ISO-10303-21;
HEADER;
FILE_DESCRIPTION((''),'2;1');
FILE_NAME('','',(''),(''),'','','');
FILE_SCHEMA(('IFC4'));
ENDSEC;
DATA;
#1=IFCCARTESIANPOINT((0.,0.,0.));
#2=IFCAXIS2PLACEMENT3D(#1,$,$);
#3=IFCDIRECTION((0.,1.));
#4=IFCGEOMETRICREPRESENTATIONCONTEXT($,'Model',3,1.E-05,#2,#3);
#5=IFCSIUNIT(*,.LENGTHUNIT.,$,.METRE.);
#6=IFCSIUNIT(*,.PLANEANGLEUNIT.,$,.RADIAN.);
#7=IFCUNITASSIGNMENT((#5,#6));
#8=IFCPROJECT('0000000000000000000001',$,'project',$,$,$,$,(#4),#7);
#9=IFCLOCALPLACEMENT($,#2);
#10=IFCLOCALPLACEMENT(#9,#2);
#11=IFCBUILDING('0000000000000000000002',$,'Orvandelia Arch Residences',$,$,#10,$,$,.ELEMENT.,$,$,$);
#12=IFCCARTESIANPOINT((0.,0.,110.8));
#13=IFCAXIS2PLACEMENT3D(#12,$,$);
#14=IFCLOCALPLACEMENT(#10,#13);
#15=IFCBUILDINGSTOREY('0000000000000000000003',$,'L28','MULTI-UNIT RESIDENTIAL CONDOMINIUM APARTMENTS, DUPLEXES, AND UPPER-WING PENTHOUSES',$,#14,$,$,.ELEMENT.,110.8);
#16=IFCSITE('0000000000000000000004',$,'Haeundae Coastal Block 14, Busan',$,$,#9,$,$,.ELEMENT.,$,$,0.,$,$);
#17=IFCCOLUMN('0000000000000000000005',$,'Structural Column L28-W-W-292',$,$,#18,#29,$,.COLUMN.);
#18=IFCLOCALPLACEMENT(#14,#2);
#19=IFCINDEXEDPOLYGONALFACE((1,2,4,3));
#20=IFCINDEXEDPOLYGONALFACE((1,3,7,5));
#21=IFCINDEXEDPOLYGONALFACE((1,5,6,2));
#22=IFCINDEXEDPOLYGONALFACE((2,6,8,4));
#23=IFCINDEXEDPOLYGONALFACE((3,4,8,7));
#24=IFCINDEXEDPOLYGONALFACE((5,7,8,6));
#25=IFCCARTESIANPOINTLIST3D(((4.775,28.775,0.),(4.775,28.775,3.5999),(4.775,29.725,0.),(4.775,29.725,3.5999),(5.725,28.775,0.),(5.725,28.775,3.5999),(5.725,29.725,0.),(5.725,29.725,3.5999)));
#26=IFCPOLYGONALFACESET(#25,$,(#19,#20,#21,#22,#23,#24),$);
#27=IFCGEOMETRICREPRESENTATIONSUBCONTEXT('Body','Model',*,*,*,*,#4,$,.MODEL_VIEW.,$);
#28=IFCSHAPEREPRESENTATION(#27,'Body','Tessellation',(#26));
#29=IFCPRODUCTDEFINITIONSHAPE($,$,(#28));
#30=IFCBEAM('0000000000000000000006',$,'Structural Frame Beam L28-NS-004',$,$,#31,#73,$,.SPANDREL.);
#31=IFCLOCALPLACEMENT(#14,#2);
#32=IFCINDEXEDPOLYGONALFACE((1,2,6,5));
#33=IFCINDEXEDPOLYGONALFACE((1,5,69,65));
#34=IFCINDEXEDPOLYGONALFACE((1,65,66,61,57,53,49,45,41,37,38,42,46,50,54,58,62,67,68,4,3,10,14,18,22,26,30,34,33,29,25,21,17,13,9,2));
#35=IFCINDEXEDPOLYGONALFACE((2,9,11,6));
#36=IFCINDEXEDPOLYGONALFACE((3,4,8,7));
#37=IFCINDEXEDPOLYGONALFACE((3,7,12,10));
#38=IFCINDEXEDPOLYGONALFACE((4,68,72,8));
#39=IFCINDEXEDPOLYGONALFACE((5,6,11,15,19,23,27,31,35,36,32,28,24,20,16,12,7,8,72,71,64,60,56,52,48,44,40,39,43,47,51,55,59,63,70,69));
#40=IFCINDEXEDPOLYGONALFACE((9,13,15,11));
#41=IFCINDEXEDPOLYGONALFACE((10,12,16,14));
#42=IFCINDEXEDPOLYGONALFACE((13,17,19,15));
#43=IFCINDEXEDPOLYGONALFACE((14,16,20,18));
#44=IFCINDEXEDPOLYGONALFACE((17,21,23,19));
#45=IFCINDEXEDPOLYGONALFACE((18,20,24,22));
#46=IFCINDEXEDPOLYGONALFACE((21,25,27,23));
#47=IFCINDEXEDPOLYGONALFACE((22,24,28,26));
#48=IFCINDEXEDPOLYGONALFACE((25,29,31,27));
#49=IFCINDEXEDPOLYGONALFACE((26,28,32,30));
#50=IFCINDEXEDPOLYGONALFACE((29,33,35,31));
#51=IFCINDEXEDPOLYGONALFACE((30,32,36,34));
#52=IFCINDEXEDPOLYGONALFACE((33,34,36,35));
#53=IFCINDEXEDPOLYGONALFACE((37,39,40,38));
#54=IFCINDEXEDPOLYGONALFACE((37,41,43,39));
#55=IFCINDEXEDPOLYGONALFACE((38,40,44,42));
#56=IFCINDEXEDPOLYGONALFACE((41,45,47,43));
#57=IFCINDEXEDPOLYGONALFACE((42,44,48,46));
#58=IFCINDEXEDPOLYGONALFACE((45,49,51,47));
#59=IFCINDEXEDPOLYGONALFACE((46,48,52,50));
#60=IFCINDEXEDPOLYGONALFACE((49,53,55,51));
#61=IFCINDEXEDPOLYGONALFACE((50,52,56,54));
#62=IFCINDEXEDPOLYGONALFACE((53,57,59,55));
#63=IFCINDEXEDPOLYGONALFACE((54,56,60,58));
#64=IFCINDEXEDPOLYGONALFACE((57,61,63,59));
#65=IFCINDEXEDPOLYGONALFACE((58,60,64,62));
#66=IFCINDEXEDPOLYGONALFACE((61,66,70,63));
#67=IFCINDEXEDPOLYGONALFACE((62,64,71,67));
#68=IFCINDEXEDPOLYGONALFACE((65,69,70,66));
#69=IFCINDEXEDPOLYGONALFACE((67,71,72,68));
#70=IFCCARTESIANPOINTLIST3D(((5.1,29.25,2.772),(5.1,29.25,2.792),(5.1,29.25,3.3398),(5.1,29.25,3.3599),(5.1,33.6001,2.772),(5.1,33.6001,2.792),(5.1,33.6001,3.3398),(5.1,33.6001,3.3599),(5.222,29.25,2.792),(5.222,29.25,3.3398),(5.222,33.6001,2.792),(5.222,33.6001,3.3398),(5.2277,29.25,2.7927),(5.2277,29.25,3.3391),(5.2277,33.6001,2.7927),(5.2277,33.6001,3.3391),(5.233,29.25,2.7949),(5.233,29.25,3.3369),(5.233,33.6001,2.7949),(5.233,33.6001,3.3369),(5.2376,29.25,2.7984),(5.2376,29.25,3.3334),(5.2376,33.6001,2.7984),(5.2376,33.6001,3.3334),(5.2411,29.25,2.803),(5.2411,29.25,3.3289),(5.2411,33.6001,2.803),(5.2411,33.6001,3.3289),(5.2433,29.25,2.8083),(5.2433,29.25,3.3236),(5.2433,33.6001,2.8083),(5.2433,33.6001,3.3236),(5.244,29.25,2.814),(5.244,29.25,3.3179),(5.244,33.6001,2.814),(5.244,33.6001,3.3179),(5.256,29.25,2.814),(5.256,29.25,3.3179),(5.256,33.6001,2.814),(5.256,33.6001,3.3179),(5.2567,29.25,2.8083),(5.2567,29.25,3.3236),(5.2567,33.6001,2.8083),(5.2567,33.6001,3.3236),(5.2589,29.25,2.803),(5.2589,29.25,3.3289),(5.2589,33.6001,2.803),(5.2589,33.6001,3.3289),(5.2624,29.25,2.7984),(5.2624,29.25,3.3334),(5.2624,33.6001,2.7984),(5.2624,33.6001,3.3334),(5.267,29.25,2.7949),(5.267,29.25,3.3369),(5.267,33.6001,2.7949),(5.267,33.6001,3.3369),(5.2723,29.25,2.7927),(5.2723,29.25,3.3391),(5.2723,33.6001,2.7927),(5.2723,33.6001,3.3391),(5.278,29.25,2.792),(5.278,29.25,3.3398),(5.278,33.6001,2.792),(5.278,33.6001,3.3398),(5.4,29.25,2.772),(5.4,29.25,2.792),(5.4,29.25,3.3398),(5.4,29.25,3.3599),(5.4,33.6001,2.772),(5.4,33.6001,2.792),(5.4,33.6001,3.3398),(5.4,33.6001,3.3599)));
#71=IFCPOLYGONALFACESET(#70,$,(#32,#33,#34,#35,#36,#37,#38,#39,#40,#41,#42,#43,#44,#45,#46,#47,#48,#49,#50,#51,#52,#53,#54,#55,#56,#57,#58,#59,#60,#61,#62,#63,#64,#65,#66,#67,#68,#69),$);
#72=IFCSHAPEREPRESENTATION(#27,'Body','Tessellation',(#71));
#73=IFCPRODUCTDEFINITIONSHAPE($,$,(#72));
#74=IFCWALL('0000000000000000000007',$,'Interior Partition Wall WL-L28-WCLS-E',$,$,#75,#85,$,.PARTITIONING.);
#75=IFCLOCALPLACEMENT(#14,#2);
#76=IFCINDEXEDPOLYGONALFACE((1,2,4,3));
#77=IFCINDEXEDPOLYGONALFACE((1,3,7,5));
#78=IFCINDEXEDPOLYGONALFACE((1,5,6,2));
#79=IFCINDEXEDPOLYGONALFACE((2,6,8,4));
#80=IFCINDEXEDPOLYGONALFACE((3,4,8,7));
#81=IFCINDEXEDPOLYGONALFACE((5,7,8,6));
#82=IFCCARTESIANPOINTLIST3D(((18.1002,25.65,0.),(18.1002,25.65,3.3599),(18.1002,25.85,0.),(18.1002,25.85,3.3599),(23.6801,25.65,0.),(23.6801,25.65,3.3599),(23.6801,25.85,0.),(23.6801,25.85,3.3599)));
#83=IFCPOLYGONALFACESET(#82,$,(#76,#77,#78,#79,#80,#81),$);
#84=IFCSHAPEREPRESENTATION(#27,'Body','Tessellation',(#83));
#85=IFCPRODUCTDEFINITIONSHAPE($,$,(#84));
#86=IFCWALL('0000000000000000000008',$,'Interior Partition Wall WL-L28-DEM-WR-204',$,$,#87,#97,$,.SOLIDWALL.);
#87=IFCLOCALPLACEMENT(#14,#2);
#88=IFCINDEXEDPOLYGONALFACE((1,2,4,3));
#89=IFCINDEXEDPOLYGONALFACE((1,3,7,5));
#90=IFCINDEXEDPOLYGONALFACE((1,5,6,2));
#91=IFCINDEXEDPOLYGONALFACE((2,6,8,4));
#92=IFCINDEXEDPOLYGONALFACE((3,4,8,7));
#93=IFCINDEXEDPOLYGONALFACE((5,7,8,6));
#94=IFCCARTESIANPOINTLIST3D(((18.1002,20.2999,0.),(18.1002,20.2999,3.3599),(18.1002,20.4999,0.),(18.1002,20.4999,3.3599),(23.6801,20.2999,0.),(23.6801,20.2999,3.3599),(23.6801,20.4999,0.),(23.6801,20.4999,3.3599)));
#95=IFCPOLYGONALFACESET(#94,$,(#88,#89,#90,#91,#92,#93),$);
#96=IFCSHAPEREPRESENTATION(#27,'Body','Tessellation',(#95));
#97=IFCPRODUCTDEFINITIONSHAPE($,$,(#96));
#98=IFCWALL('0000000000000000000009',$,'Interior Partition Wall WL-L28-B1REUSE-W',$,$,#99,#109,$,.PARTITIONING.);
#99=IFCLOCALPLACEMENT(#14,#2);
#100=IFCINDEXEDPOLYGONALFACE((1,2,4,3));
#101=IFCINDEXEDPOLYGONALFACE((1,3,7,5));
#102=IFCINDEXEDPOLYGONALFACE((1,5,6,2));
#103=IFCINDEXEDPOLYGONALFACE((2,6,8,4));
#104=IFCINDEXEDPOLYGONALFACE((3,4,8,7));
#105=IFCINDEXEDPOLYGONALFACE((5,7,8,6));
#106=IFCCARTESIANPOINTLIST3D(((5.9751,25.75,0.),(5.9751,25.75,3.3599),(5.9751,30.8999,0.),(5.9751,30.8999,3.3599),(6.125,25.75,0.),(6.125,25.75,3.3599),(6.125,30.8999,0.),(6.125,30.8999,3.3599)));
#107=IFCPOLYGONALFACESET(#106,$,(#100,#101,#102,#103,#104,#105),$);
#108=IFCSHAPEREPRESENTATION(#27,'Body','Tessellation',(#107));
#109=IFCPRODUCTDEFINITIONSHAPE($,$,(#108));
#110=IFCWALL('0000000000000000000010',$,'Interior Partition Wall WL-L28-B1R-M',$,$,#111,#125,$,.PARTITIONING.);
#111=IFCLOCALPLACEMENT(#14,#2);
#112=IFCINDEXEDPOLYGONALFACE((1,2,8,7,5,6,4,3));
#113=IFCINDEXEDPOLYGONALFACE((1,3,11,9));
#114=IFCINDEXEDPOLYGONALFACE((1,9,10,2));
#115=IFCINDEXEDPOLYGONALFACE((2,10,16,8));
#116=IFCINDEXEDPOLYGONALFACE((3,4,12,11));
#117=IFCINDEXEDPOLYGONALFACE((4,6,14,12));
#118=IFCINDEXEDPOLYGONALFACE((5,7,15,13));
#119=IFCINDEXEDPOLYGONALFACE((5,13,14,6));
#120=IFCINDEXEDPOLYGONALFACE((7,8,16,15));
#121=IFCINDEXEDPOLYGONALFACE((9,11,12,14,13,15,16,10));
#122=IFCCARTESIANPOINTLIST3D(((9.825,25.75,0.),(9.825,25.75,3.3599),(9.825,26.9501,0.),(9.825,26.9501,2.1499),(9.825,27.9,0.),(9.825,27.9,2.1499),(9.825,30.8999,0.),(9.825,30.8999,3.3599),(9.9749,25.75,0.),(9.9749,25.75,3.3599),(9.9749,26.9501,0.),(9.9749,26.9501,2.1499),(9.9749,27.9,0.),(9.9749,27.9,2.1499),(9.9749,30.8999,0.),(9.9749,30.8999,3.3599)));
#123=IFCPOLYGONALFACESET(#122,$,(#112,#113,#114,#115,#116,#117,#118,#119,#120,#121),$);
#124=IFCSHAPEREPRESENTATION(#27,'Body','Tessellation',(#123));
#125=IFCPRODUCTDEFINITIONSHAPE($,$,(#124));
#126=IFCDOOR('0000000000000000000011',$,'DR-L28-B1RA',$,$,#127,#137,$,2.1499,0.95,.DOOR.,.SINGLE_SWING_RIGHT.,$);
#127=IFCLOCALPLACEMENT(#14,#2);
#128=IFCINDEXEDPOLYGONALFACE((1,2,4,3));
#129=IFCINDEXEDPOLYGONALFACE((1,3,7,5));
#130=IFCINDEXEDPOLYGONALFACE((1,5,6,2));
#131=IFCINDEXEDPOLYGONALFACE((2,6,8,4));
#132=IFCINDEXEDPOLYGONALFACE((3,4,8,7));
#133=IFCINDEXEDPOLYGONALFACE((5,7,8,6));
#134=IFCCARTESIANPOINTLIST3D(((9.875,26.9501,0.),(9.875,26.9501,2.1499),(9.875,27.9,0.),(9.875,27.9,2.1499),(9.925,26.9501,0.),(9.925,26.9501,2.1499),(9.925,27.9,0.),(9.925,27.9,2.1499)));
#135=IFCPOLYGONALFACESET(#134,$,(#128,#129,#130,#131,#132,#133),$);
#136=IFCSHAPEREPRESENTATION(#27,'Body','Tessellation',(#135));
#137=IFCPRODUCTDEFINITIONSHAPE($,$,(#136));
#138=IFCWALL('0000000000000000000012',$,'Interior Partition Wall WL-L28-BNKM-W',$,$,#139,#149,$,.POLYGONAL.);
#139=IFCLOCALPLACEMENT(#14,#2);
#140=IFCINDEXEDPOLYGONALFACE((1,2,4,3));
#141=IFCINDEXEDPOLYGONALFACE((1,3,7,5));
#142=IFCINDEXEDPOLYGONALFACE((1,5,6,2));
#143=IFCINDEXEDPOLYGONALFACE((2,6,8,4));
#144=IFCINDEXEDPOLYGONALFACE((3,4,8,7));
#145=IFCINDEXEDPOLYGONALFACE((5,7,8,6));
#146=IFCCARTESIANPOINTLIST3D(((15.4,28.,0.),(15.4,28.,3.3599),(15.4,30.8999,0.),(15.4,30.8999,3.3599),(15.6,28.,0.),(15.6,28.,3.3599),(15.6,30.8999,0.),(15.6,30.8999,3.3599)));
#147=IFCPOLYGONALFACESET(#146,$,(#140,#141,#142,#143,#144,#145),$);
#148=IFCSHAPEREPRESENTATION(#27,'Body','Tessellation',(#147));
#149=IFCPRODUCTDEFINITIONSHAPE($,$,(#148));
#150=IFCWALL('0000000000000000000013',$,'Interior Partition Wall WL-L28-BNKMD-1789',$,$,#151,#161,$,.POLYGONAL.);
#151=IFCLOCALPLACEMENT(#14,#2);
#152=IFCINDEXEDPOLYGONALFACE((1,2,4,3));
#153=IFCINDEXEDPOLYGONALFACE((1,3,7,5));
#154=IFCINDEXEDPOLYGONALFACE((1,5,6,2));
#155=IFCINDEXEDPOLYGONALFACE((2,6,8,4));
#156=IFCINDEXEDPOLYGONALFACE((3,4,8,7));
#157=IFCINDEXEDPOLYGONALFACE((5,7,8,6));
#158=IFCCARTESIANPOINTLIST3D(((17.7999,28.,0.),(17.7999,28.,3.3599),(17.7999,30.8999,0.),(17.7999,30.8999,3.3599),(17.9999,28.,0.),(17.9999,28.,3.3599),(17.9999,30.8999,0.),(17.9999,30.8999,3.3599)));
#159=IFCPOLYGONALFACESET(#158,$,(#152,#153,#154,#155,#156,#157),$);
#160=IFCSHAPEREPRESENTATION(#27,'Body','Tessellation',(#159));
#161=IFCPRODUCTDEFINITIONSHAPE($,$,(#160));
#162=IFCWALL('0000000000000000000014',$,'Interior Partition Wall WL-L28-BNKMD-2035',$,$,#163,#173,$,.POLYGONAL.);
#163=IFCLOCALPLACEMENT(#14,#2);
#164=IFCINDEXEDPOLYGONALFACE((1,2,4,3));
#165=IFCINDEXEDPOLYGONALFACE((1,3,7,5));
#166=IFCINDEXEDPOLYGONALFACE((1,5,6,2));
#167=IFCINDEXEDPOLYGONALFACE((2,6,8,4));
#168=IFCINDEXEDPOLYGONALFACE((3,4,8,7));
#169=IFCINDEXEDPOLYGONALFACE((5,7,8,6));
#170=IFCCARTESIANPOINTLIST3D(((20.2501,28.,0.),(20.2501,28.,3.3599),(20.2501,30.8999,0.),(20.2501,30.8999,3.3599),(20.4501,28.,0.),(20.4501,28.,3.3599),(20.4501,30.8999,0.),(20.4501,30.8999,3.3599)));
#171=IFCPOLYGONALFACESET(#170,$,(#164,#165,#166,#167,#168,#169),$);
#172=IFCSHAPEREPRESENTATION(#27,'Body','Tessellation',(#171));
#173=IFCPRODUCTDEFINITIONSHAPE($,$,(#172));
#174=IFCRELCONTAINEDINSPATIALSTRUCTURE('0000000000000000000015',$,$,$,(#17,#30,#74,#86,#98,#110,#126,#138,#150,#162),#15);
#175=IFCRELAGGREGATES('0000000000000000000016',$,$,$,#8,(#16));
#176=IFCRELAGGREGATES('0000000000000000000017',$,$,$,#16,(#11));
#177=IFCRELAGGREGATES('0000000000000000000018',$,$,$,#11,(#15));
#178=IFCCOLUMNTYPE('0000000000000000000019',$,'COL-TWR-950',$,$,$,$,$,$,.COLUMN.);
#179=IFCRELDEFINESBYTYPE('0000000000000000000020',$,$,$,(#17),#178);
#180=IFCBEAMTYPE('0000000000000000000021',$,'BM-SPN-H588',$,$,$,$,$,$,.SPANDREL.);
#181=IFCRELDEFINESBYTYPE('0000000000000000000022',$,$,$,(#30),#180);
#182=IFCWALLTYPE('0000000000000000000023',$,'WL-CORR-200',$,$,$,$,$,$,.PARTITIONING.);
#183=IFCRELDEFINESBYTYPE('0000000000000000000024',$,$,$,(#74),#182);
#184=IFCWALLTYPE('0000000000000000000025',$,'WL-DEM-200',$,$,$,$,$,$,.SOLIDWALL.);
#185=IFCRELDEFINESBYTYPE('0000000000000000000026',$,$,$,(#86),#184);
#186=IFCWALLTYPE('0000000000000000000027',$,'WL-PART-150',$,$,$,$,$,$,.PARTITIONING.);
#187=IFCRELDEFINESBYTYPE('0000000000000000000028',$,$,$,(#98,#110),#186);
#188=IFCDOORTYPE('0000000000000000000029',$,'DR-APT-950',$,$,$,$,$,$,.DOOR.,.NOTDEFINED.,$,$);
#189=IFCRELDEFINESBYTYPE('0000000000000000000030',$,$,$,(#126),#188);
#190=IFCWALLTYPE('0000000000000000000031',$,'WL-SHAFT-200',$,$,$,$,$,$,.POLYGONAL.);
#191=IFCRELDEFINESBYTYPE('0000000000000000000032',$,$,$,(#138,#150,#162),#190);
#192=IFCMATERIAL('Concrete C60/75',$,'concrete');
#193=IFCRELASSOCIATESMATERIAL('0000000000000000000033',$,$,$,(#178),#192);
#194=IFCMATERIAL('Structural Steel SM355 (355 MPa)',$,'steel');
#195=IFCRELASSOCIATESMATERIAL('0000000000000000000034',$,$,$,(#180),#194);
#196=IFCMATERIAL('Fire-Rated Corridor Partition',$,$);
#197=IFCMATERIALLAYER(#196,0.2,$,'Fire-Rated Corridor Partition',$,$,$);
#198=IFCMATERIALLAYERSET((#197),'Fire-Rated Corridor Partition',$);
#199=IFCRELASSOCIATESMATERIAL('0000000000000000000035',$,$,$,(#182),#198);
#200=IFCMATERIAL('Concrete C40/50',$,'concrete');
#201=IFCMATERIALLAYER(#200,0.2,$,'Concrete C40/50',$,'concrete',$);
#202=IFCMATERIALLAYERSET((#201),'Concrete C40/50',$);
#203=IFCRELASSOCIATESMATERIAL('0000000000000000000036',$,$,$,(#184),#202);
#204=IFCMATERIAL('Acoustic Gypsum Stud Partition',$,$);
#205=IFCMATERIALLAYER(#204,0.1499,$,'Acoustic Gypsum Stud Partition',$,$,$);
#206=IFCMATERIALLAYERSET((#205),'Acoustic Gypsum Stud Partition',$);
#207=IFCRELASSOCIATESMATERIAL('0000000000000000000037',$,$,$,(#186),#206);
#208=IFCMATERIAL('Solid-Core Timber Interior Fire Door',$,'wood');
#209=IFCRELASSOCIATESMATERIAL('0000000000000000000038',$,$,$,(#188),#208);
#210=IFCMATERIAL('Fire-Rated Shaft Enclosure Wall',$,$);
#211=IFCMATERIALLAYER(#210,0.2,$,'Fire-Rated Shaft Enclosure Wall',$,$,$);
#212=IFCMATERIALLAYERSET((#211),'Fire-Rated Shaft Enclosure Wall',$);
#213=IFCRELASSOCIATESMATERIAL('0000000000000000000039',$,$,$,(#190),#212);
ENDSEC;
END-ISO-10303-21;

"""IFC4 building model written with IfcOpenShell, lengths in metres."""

from ifc_helpers import new_model, si_unit, direction, frame, frame_2d, origin, origin_2d, place, context, subcontext, project, spatial, rectangle, i_section, extrude, material, layer, layer_set, material_profile, profile_set, type_object, element, fill, save


model = new_model("IFC4")

# Units and contexts
model_context = context("Model", 3, precision=1e-05, world=origin(), true_north=direction((0.0, 1.0)))
body_context = subcontext(model_context, "Body", "Model", "MODEL_VIEW")
ifc_project = project(units=[si_unit("LENGTHUNIT", "METRE"), si_unit("PLANEANGLEUNIT", "RADIAN")], contexts=[model_context])

# Site, building, storey
site_placement = place(None, origin())
site = spatial("IfcSite", under=ifc_project, at=site_placement, Name="Haeundae Coastal Block 14, Busan", CompositionType="ELEMENT", RefElevation=0.0)
building_placement = place(site_placement, origin())
building = spatial("IfcBuilding", under=site, at=building_placement, Name="Orvandelia Arch Residences", CompositionType="ELEMENT")
storey_placement = place(building_placement, frame((0.0, 0.0, 110.8)))
storey = spatial("IfcBuildingStorey", under=building, at=storey_placement, Name="L28", Description="MULTI-UNIT RESIDENTIAL CONDOMINIUM APARTMENTS, DUPLEXES, AND UPPER-WING PENTHOUSES", CompositionType="ELEMENT", Elevation=110.8)

# Column
ifc_material_1 = material(Name="Concrete C60/75", Category="concrete")
ifc_material_profile_1 = material_profile(ifc_material_1, rectangle(XDim=0.95, YDim=0.95, at=origin_2d()), Name="Concrete C60/75", Category="concrete")
ifc_profile_set_1 = profile_set([ifc_material_profile_1], Name="Concrete C60/75")
column_type = type_object("IfcColumnType", Name="COL-TWR-950", PredefinedType="COLUMN", material=ifc_profile_set_1)
column_placement = place(storey_placement, frame((5.25, 29.25, 0.0), z_axis=(0.0, 0.0, 1.0), x_axis=(1.0, 0.0, 0.0)))
element("IfcColumn", 1, at=column_placement, inside=storey, type_object=column_type, Name="Structural Column L28-W-W-292", PredefinedType="COLUMN", context=body_context, shape_type="SweptSolid", body=[
    extrude(rectangle(XDim=0.95, YDim=0.95, at=origin_2d()), origin(), (0.0, 0.0, 1.0), 3.5999),
])

# Beam
ifc_material_2 = material(Name="Structural Steel SM355 (355 MPa)", Category="steel")
ifc_material_profile_2 = material_profile(ifc_material_2, i_section(OverallWidth=0.3, OverallDepth=0.5879, WebThickness=0.012, FlangeThickness=0.02, FilletRadius=0.022, at=origin_2d()), Name="Structural Steel SM355 (355 MPa)", Category="steel")
ifc_profile_set_2 = profile_set([ifc_material_profile_2], Name="Structural Steel SM355 (355 MPa)")
beam_type = type_object("IfcBeamType", Name="BM-SPN-H588", PredefinedType="SPANDREL", material=ifc_profile_set_2)
beam_placement = place(storey_placement, frame((5.25, 29.25, 3.0659), z_axis=(0.0, 1.0, 0.0), x_axis=(-1.0, 0.0, 0.0)))
element("IfcBeam", 2, at=beam_placement, inside=storey, type_object=beam_type, Name="Structural Frame Beam L28-NS-004", PredefinedType="SPANDREL", context=body_context, shape_type="SweptSolid", body=[
    extrude(i_section(OverallWidth=0.3, OverallDepth=0.5879, WebThickness=0.012, FlangeThickness=0.02, FilletRadius=0.022, at=origin_2d()), origin(), (0.0, 0.0, 1.0), 4.3501),
])

# Walls
ifc_material_3 = material(Name="Fire-Rated Corridor Partition")
ifc_layer_1 = layer(ifc_material_3, 0.2, Name="Fire-Rated Corridor Partition")
ifc_layer_set_1 = layer_set([ifc_layer_1], Name="Fire-Rated Corridor Partition")
wall_type_1 = type_object("IfcWallType", Name="WL-CORR-200", PredefinedType="PARTITIONING", material=ifc_layer_set_1)
wall_1_placement = place(storey_placement, frame((18.1001, 25.75, 0.0), z_axis=(0.0, 0.0, 1.0), x_axis=(1.0, 0.0, 0.0)))
element("IfcWall", 3, at=wall_1_placement, inside=storey, type_object=wall_type_1, Name="Interior Partition Wall WL-L28-WCLS-E", PredefinedType="PARTITIONING", context=body_context, shape_type="SweptSolid", body=[
    extrude(rectangle(XDim=5.5798, YDim=0.2, at=frame_2d((2.79, 0.0))), origin(), (0.0, 0.0, 1.0), 3.3599),
])
ifc_material_4 = material(Name="Concrete C40/50", Category="concrete")
ifc_layer_2 = layer(ifc_material_4, 0.2, Name="Concrete C40/50", Category="concrete")
ifc_layer_set_2 = layer_set([ifc_layer_2], Name="Concrete C40/50")
wall_type_2 = type_object("IfcWallType", Name="WL-DEM-200", PredefinedType="SOLIDWALL", material=ifc_layer_set_2)
wall_2_placement = place(storey_placement, frame((18.1001, 20.3999, 0.0), z_axis=(0.0, 0.0, 1.0), x_axis=(1.0, 0.0, 0.0)))
element("IfcWall", 4, at=wall_2_placement, inside=storey, type_object=wall_type_2, Name="Interior Partition Wall WL-L28-DEM-WR-204", PredefinedType="SOLIDWALL", context=body_context, shape_type="SweptSolid", body=[
    extrude(rectangle(XDim=5.5798, YDim=0.2, at=frame_2d((2.79, 0.0))), origin(), (0.0, 0.0, 1.0), 3.3599),
])
ifc_material_5 = material(Name="Acoustic Gypsum Stud Partition")
ifc_layer_3 = layer(ifc_material_5, 0.1499, Name="Acoustic Gypsum Stud Partition")
ifc_layer_set_3 = layer_set([ifc_layer_3], Name="Acoustic Gypsum Stud Partition")
wall_type_3 = type_object("IfcWallType", Name="WL-PART-150", PredefinedType="PARTITIONING", material=ifc_layer_set_3)
wall_3_placement = place(storey_placement, frame((6.05, 25.75, 0.0), z_axis=(0.0, 0.0, 1.0), x_axis=(0.0, 1.0, 0.0)))
element("IfcWall", 5, at=wall_3_placement, inside=storey, type_object=wall_type_3, Name="Interior Partition Wall WL-L28-B1REUSE-W", PredefinedType="PARTITIONING", context=body_context, shape_type="SweptSolid", body=[
    extrude(rectangle(XDim=5.1499, YDim=0.1499, at=frame_2d((2.575, 0.0))), origin(), (0.0, 0.0, 1.0), 3.3599),
])

# Wall, opening, door
wall_4_placement = place(storey_placement, frame((9.8999, 25.75, 0.0), z_axis=(0.0, 0.0, 1.0), x_axis=(0.0, 1.0, 0.0)))
wall_4 = element("IfcWall", 6, at=wall_4_placement, inside=storey, type_object=wall_type_3, Name="Interior Partition Wall WL-L28-B1R-M", PredefinedType="PARTITIONING", context=body_context, shape_type="SweptSolid", body=[
    extrude(rectangle(XDim=5.1499, YDim=0.1499, at=frame_2d((2.575, 0.0))), origin(), (0.0, 0.0, 1.0), 3.3599),
])
opening_1_placement = place(wall_4_placement, frame((1.2, 0.0, 0.0)))
opening_1 = element("IfcOpeningElement", 7, at=opening_1_placement, cuts=wall_4, PredefinedType="OPENING", context=body_context, shape_type="SweptSolid", body=[
    extrude(rectangle(XDim=0.95, YDim=2.1499, at=frame_2d((0.4751, 1.075))), frame((0.0, 0.085, 0.0), z_axis=(0.0, -1.0, 0.0), x_axis=(1.0, 0.0, 0.0)), (0.0, 0.0, 1.0), 0.1699),
])
ifc_material_6 = material(Name="Solid-Core Timber Interior Fire Door", Category="wood")
door_type_1 = type_object("IfcDoorType", Name="DR-APT-950", OperationType="NOTDEFINED", PredefinedType="DOOR", material=ifc_material_6)
door_1_placement = place(opening_1_placement, origin())
door_1 = element("IfcDoor", 8, at=door_1_placement, inside=storey, type_object=door_type_1, Name="DR-L28-B1RA", OperationType="SINGLE_SWING_RIGHT", OverallHeight=2.1499, OverallWidth=0.95, PredefinedType="DOOR", context=body_context, shape_type="SweptSolid", body=[
    extrude(rectangle(XDim=0.95, YDim=2.1499, at=frame_2d((0.4751, 1.075))), frame((0.0, 0.0249, 0.0), z_axis=(0.0, -1.0, 0.0), x_axis=(1.0, 0.0, 0.0)), (0.0, 0.0, 1.0), 0.05),
])
fill(opening_1, door_1)
ifc_material_7 = material(Name="Fire-Rated Shaft Enclosure Wall")
ifc_layer_4 = layer(ifc_material_7, 0.2, Name="Fire-Rated Shaft Enclosure Wall")
ifc_layer_set_4 = layer_set([ifc_layer_4], Name="Fire-Rated Shaft Enclosure Wall")
wall_type_4 = type_object("IfcWallType", Name="WL-SHAFT-200", PredefinedType="POLYGONAL", material=ifc_layer_set_4)

# Walls
for number, where, z_axis, x_axis, name in (
    (9, (15.5, 28.0, 0.0), (0.0, 0.0, 1.0), (0.0, 1.0, 0.0), "Interior Partition Wall WL-L28-BNKM-W"),
    (10, (17.8999, 28.0, 0.0), (0.0, 0.0, 1.0), (0.0, 1.0, 0.0), "Interior Partition Wall WL-L28-BNKMD-1789"),
    (11, (20.3501, 28.0, 0.0), (0.0, 0.0, 1.0), (0.0, 1.0, 0.0), "Interior Partition Wall WL-L28-BNKMD-2035"),
):
    element("IfcWall", number, at=place(storey_placement, frame(where, z_axis=z_axis, x_axis=x_axis)), inside=storey, type_object=wall_type_4, Name=name, PredefinedType="POLYGONAL", context=body_context, shape_type="SweptSolid", body=[
        extrude(rectangle(XDim=2.8999, YDim=0.2, at=frame_2d((1.45, 0.0))), origin(), (0.0, 0.0, 1.0), 3.3599),
    ])

save(model, "model.ifc")
